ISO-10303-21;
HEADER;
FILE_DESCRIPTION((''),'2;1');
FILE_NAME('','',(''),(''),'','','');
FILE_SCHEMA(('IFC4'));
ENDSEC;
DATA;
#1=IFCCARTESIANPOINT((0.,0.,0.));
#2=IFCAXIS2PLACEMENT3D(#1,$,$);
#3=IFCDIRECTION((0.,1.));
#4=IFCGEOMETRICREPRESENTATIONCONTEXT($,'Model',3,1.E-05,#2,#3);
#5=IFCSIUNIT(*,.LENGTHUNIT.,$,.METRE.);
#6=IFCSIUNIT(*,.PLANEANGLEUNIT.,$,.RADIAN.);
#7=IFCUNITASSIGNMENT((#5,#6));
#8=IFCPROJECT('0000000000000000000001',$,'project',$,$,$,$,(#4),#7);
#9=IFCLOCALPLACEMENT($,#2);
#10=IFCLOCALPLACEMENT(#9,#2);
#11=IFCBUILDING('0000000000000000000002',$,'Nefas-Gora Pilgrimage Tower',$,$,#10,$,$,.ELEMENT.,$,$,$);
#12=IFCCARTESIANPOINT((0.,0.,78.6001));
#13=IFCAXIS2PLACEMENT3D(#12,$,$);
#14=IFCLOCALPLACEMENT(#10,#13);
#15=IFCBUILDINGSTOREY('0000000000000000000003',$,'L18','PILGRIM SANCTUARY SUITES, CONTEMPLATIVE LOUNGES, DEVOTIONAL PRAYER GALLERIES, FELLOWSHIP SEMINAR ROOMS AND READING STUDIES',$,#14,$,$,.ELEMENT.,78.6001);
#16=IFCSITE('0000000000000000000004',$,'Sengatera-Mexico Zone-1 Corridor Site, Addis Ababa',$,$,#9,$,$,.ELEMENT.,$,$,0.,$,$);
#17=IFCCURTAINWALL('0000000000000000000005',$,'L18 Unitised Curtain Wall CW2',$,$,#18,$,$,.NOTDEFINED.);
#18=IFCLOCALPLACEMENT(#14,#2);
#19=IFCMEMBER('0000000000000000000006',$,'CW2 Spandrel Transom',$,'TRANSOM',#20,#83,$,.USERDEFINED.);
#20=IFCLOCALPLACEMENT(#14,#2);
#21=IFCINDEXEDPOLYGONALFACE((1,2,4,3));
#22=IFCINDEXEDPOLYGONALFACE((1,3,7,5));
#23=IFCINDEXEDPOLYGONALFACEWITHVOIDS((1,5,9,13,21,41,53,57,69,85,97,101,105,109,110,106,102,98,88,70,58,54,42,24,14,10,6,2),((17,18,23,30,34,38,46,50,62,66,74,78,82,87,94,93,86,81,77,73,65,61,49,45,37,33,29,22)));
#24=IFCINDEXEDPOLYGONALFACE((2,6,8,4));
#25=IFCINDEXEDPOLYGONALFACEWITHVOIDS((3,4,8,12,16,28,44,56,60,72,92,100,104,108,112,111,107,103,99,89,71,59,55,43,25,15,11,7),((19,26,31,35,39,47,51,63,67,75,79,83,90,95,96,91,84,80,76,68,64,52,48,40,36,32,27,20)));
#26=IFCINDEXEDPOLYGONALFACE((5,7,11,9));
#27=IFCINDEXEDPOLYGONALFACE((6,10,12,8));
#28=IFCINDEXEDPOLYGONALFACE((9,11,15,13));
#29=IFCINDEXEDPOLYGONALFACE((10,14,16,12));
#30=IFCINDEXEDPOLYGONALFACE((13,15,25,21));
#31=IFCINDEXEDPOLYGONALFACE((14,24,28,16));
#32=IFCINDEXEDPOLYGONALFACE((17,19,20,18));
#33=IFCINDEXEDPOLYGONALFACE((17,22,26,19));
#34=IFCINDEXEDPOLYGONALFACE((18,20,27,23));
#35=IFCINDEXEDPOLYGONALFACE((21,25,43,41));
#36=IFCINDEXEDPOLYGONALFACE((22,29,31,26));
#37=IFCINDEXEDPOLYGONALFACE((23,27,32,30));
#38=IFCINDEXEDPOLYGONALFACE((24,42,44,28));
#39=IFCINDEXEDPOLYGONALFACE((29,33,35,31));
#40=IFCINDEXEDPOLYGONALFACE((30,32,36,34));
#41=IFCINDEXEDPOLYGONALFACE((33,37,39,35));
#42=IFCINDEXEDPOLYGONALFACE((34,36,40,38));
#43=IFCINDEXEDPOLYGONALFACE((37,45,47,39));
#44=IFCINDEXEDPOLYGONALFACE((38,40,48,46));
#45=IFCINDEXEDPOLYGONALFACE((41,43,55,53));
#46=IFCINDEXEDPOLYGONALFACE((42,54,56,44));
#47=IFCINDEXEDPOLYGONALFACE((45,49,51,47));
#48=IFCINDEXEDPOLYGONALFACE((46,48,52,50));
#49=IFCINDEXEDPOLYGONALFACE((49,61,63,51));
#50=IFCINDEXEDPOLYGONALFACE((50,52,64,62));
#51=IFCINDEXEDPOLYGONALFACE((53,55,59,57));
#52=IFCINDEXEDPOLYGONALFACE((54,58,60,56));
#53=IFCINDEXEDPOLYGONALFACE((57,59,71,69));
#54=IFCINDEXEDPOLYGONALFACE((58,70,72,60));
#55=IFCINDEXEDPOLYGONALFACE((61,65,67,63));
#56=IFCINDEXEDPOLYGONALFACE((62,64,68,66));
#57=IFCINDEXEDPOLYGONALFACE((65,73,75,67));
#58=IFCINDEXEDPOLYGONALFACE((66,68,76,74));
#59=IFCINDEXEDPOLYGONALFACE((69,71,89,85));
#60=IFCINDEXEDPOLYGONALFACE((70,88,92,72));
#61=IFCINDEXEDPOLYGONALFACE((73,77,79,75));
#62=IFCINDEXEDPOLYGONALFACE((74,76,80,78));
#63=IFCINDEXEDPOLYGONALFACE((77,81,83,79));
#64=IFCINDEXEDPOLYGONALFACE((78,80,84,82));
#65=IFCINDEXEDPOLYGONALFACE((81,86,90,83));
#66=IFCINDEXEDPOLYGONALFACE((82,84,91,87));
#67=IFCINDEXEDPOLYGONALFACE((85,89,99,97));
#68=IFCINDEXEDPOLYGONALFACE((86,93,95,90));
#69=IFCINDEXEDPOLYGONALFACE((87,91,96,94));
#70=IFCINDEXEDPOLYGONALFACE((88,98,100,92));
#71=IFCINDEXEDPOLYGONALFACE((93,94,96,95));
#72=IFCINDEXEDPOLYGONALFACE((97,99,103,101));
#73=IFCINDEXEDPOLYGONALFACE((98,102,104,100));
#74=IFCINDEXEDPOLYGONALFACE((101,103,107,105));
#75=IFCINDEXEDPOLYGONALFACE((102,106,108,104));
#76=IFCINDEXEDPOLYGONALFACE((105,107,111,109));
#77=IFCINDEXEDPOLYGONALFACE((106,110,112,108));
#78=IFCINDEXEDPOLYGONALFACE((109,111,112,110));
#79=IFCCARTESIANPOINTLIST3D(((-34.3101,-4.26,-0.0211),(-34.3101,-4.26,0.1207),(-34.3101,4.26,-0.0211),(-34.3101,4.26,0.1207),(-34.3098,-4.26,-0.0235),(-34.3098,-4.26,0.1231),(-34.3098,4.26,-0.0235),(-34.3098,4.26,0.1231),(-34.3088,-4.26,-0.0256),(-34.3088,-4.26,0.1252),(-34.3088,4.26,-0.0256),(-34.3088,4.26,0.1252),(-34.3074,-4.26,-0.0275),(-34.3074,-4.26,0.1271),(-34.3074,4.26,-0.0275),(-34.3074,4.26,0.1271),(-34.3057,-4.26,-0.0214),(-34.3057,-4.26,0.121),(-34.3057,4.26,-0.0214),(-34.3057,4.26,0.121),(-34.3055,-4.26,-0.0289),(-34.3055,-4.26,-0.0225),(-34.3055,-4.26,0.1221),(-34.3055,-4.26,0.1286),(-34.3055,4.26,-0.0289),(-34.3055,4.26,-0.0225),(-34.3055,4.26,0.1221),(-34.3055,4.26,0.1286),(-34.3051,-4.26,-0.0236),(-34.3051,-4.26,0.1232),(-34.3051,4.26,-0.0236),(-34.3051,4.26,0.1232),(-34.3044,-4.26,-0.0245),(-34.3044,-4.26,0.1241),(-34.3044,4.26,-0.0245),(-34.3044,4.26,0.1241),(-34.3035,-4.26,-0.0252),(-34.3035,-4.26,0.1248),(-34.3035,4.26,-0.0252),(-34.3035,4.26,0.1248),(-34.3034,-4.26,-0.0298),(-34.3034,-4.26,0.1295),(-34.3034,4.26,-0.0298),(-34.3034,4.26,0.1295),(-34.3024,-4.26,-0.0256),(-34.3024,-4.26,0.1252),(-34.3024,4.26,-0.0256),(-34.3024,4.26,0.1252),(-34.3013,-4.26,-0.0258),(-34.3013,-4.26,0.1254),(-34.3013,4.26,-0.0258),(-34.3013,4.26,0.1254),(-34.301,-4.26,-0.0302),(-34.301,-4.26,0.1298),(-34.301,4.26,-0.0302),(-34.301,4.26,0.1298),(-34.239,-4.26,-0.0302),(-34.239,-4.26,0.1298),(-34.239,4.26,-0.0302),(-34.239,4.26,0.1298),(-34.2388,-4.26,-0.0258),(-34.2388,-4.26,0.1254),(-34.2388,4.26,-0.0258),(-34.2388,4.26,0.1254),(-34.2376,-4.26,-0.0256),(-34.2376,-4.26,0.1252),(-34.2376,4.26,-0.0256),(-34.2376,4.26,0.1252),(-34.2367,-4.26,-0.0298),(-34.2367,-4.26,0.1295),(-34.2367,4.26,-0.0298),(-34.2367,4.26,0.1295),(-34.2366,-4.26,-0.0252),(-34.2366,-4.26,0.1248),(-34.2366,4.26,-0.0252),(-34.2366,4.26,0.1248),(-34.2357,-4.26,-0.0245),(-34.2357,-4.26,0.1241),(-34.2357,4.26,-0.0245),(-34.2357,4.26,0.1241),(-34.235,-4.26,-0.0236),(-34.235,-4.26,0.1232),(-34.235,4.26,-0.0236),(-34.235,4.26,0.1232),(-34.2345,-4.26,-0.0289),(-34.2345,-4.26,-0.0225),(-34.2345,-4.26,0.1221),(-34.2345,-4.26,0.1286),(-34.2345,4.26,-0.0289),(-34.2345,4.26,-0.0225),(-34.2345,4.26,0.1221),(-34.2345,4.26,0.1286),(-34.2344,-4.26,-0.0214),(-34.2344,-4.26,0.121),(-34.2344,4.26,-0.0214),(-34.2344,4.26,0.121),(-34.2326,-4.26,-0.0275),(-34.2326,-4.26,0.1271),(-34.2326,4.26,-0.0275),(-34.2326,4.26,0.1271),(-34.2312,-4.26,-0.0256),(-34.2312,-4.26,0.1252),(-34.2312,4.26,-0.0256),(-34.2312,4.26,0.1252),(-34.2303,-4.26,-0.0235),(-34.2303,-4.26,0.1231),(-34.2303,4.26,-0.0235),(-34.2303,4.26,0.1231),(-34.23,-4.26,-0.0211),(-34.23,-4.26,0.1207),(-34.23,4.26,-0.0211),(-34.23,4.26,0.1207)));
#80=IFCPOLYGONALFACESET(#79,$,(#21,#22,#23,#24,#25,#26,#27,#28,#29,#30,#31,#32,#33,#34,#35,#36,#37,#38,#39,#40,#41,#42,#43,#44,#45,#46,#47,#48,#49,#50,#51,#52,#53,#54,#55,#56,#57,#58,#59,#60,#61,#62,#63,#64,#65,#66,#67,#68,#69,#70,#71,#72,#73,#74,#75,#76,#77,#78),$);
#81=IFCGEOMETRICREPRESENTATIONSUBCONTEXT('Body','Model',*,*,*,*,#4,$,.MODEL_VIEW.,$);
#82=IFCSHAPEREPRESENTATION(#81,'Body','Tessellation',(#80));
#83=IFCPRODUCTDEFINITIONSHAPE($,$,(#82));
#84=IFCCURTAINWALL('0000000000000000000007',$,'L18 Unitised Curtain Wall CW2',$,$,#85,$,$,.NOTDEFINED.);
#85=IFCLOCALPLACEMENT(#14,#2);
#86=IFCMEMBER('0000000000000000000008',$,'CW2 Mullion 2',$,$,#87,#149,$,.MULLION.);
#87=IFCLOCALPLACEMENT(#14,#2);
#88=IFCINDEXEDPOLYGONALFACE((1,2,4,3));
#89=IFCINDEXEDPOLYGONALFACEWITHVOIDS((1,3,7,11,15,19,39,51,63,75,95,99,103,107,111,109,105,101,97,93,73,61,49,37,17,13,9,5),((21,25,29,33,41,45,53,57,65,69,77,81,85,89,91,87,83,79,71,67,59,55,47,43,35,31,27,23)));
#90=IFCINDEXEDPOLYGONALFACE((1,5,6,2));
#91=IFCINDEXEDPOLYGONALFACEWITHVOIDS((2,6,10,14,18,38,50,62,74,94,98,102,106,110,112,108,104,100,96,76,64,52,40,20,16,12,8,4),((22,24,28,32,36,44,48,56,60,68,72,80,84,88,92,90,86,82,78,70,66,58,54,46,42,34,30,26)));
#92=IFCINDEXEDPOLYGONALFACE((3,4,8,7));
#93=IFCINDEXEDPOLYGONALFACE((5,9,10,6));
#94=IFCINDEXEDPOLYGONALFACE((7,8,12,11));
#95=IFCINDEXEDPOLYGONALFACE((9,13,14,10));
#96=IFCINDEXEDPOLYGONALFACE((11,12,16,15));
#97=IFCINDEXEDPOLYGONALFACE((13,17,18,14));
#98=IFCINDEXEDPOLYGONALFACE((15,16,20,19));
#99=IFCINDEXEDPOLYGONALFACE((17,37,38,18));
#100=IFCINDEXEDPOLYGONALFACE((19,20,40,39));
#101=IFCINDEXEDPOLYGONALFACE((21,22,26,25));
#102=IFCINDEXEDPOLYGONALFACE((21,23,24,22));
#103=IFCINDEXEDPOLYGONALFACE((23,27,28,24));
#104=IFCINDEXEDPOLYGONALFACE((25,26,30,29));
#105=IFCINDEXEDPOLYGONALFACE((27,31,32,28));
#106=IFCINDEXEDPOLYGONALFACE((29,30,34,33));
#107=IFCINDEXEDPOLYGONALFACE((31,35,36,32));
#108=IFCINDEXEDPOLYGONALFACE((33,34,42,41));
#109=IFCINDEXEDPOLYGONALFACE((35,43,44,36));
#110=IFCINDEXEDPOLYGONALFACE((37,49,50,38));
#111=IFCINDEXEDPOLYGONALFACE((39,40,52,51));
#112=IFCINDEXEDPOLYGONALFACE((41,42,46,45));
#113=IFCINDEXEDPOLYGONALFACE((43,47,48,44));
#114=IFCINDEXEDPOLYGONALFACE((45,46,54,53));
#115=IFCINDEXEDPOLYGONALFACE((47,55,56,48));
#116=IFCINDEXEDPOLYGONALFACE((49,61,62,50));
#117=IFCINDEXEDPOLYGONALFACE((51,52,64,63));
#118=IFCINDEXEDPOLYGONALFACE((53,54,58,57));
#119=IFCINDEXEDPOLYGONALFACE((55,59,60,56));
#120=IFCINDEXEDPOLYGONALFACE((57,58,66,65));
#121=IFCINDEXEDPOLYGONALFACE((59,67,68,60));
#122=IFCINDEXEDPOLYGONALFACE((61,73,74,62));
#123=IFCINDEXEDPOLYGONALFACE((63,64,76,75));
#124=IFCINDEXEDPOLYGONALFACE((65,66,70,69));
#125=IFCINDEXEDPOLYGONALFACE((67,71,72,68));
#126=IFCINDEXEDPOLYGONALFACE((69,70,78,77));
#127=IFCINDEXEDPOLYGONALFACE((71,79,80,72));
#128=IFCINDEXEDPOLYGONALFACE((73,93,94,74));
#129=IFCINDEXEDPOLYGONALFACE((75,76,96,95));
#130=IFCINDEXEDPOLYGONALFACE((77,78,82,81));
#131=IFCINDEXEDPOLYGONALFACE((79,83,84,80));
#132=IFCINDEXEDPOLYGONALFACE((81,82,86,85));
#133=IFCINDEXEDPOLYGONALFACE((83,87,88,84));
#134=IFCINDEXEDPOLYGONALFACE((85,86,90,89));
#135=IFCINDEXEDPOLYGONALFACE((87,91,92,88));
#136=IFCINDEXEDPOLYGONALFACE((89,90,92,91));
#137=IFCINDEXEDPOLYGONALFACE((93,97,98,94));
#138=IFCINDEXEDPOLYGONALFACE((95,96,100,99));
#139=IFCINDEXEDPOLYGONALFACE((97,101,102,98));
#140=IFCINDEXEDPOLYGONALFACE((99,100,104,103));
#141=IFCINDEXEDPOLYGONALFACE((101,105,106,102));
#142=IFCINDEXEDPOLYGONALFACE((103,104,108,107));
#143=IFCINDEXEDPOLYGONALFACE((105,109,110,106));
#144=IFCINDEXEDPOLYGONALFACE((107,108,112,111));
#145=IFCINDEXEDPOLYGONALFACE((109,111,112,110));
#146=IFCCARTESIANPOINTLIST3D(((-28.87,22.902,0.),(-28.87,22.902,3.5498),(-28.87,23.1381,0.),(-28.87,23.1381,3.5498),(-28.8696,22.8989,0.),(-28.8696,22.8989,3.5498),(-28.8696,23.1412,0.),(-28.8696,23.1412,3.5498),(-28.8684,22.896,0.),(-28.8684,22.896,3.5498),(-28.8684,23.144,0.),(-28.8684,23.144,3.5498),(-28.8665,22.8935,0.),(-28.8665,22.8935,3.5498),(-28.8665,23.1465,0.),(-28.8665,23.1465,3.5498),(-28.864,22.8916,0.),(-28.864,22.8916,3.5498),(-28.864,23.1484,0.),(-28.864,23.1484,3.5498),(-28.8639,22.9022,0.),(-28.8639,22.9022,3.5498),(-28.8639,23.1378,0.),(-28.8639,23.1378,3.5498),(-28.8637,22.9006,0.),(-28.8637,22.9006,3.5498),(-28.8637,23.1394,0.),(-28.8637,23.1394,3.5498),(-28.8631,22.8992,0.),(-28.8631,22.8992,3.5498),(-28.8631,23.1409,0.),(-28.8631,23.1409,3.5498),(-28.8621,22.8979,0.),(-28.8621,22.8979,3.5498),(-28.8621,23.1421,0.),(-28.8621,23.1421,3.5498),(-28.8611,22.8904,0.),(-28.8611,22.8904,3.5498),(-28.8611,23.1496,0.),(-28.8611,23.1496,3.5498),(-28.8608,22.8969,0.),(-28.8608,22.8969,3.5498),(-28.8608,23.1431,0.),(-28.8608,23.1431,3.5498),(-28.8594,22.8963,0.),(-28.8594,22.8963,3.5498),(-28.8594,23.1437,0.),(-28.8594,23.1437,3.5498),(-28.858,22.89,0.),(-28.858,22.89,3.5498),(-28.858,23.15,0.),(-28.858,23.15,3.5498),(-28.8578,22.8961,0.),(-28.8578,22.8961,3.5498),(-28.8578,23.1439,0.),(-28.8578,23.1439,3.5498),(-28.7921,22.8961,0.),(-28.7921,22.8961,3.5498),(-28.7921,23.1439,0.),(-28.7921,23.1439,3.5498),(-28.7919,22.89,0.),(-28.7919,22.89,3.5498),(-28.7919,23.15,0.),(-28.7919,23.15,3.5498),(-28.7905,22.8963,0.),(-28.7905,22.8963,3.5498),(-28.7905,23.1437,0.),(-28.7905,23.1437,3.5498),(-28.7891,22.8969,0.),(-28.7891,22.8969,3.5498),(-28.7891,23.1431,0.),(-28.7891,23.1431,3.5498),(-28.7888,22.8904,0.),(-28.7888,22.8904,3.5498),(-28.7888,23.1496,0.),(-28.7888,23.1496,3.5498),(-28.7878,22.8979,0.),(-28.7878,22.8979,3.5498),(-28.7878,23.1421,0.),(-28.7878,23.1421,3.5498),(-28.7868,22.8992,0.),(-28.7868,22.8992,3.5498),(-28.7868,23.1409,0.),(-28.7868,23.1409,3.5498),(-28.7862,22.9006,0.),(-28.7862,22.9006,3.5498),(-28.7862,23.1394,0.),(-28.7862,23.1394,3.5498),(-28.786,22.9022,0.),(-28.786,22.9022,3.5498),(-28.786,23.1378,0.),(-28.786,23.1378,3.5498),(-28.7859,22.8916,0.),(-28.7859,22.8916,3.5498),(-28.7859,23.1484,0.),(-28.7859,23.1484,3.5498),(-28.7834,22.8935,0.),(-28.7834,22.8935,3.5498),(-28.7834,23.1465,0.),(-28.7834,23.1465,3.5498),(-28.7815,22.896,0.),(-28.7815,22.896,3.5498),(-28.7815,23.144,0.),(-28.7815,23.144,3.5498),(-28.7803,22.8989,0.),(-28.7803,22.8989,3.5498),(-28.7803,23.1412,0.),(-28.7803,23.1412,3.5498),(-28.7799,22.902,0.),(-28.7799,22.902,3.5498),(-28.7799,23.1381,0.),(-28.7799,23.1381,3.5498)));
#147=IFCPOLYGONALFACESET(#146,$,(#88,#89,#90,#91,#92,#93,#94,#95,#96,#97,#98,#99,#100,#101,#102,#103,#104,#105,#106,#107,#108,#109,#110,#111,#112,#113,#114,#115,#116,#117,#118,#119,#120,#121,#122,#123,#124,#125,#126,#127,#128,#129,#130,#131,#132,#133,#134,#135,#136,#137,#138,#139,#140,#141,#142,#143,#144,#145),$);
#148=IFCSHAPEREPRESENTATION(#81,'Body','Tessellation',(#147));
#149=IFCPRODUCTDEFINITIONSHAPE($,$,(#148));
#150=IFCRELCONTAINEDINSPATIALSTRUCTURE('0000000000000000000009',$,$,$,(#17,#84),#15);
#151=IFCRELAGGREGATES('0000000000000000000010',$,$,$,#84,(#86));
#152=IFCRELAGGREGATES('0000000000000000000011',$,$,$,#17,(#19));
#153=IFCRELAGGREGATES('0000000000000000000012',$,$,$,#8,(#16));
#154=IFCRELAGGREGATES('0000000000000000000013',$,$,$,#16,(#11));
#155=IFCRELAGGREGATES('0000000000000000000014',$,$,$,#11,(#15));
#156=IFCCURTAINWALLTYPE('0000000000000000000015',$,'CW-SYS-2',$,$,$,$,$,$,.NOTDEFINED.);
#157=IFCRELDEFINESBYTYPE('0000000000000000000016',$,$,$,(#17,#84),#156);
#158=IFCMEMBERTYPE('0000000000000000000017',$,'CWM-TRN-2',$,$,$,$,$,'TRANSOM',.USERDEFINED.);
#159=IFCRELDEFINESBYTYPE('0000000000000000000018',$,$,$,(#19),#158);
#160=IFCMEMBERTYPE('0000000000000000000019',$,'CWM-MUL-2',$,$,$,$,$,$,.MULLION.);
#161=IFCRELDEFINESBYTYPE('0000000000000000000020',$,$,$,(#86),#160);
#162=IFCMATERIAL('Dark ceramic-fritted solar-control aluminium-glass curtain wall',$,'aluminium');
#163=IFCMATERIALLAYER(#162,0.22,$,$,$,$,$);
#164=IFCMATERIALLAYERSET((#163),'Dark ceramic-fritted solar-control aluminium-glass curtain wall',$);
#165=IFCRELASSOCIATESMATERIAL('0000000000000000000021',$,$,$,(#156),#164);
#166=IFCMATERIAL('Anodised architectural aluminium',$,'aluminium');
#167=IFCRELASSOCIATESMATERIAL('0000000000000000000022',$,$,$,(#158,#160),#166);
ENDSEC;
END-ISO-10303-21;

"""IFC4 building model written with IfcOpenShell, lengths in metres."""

from ifc_helpers import new_model, si_unit, direction, frame, origin, origin_2d, place, context, subcontext, project, spatial, hollow_rectangle, extrude, source, transform, mapped, material, layer, layer_set, material_profile, profile_set, type_object, element, aggregate, save


model = new_model("IFC4")

# Units and contexts
model_context = context("Model", 3, precision=1e-05, world=origin(), true_north=direction((0.0, 1.0)))
body_context = subcontext(model_context, "Body", "Model", "MODEL_VIEW")
ifc_project = project(units=[si_unit("LENGTHUNIT", "METRE"), si_unit("PLANEANGLEUNIT", "RADIAN")], contexts=[model_context])

# Site, building, storey
site_placement = place(None, origin())
site = spatial("IfcSite", under=ifc_project, at=site_placement, Name="Sengatera-Mexico Zone-1 Corridor Site, Addis Ababa", CompositionType="ELEMENT", RefElevation=0.0)
building_placement = place(site_placement, origin())
building = spatial("IfcBuilding", under=site, at=building_placement, Name="Nefas-Gora Pilgrimage Tower", CompositionType="ELEMENT")
storey_placement = place(building_placement, frame((0.0, 0.0, 78.6001)))
storey = spatial("IfcBuildingStorey", under=building, at=storey_placement, Name="L18", Description="PILGRIM SANCTUARY SUITES, CONTEMPLATIVE LOUNGES, DEVOTIONAL PRAYER GALLERIES, FELLOWSHIP SEMINAR ROOMS AND READING STUDIES", CompositionType="ELEMENT", Elevation=78.6001)

# Curtain walls, members
ifc_material_1 = material(Name="Dark ceramic-fritted solar-control aluminium-glass curtain wall", Category="aluminium")
ifc_layer_1 = layer(ifc_material_1, 0.22)
ifc_layer_set_1 = layer_set([ifc_layer_1], Name="Dark ceramic-fritted solar-control aluminium-glass curtain wall")
curtain_wall_type = type_object("IfcCurtainWallType", Name="CW-SYS-2", PredefinedType="NOTDEFINED", material=ifc_layer_set_1)
ifc_material_2 = material(Name="Anodised architectural aluminium", Category="aluminium")
ifc_material_profile_1 = material_profile(ifc_material_2, hollow_rectangle(XDim=0.0801, YDim=0.1599, WallThickness=0.0044, InnerFilletRadius=0.0044, OuterFilletRadius=0.009, at=origin_2d()), Name="ALU TRANSOM 80x160")
ifc_profile_set_1 = profile_set([ifc_material_profile_1], Name="Anodised architectural aluminium")
member_type_1 = type_object("IfcMemberType", Name="CWM-TRN-2", ElementType="TRANSOM", PredefinedType="USERDEFINED", material=ifc_profile_set_1)
curtain_wall_1_placement = place(storey_placement, origin())
curtain_wall_1 = element("IfcCurtainWall", 1, at=curtain_wall_1_placement, inside=storey, type_object=curtain_wall_type, Name="L18 Unitised Curtain Wall CW2", PredefinedType="NOTDEFINED")
shared_shape_1 = source(origin(), body_context, "Body", "SweptSolid", [
    extrude(hollow_rectangle(XDim=0.0801, YDim=0.1599, WallThickness=0.0044, InnerFilletRadius=0.0044, OuterFilletRadius=0.009, at=origin_2d()), origin(), (0.0, 0.0, 1.0), 8.52),
])
member_1_placement = place(storey_placement, frame((-34.27, 4.26, 0.0498), z_axis=(0.0, -1.0, 0.0), x_axis=(1.0, 0.0, 0.0)))
member_1 = element("IfcMember", 2, at=member_1_placement, type_object=member_type_1, Name="CW2 Spandrel Transom", ObjectType="TRANSOM", PredefinedType="USERDEFINED", context=body_context, shape_type="MappedRepresentation", body=[
    mapped(shared_shape_1, transform((0.0, 0.0, 0.0), x_axis=(1.0, 0.0, 0.0), y_axis=(0.0, 1.0, 0.0), z_axis=(0.0, 0.0, 1.0), scale=1.0)),
])
curtain_wall_2_placement = place(storey_placement, origin())
curtain_wall_2 = element("IfcCurtainWall", 3, at=curtain_wall_2_placement, inside=storey, type_object=curtain_wall_type, Name="L18 Unitised Curtain Wall CW2", PredefinedType="NOTDEFINED")
ifc_material_profile_2 = material_profile(ifc_material_2, hollow_rectangle(XDim=0.0901, YDim=0.26, WallThickness=0.0061, InnerFilletRadius=0.0061, OuterFilletRadius=0.012, at=origin_2d()), Name="ALU MULLION 90x260")
ifc_profile_set_2 = profile_set([ifc_material_profile_2], Name="Anodised architectural aluminium")
member_type_2 = type_object("IfcMemberType", Name="CWM-MUL-2", PredefinedType="MULLION", material=ifc_profile_set_2)
shared_shape_2 = source(origin(), body_context, "Body", "SweptSolid", [
    extrude(hollow_rectangle(XDim=0.0901, YDim=0.26, WallThickness=0.0061, InnerFilletRadius=0.0061, OuterFilletRadius=0.012, at=origin_2d()), origin(), (0.0, 0.0, 1.0), 3.5498),
])
member_2_placement = place(storey_placement, frame((-28.825, 23.02, 0.0), z_axis=(0.0, 0.0, 1.0), x_axis=(-1.0, 0.0, 0.0)))
member_2 = element("IfcMember", 4, at=member_2_placement, type_object=member_type_2, Name="CW2 Mullion 2", PredefinedType="MULLION", context=body_context, shape_type="MappedRepresentation", body=[
    mapped(shared_shape_2, transform((0.0, 0.0, 0.0), x_axis=(1.0, 0.0, 0.0), y_axis=(0.0, 1.0, 0.0), z_axis=(0.0, 0.0, 1.0), scale=1.0)),
])
aggregate(curtain_wall_2, [member_2])

aggregate(curtain_wall_1, [member_1])

save(model, "model.ifc")
